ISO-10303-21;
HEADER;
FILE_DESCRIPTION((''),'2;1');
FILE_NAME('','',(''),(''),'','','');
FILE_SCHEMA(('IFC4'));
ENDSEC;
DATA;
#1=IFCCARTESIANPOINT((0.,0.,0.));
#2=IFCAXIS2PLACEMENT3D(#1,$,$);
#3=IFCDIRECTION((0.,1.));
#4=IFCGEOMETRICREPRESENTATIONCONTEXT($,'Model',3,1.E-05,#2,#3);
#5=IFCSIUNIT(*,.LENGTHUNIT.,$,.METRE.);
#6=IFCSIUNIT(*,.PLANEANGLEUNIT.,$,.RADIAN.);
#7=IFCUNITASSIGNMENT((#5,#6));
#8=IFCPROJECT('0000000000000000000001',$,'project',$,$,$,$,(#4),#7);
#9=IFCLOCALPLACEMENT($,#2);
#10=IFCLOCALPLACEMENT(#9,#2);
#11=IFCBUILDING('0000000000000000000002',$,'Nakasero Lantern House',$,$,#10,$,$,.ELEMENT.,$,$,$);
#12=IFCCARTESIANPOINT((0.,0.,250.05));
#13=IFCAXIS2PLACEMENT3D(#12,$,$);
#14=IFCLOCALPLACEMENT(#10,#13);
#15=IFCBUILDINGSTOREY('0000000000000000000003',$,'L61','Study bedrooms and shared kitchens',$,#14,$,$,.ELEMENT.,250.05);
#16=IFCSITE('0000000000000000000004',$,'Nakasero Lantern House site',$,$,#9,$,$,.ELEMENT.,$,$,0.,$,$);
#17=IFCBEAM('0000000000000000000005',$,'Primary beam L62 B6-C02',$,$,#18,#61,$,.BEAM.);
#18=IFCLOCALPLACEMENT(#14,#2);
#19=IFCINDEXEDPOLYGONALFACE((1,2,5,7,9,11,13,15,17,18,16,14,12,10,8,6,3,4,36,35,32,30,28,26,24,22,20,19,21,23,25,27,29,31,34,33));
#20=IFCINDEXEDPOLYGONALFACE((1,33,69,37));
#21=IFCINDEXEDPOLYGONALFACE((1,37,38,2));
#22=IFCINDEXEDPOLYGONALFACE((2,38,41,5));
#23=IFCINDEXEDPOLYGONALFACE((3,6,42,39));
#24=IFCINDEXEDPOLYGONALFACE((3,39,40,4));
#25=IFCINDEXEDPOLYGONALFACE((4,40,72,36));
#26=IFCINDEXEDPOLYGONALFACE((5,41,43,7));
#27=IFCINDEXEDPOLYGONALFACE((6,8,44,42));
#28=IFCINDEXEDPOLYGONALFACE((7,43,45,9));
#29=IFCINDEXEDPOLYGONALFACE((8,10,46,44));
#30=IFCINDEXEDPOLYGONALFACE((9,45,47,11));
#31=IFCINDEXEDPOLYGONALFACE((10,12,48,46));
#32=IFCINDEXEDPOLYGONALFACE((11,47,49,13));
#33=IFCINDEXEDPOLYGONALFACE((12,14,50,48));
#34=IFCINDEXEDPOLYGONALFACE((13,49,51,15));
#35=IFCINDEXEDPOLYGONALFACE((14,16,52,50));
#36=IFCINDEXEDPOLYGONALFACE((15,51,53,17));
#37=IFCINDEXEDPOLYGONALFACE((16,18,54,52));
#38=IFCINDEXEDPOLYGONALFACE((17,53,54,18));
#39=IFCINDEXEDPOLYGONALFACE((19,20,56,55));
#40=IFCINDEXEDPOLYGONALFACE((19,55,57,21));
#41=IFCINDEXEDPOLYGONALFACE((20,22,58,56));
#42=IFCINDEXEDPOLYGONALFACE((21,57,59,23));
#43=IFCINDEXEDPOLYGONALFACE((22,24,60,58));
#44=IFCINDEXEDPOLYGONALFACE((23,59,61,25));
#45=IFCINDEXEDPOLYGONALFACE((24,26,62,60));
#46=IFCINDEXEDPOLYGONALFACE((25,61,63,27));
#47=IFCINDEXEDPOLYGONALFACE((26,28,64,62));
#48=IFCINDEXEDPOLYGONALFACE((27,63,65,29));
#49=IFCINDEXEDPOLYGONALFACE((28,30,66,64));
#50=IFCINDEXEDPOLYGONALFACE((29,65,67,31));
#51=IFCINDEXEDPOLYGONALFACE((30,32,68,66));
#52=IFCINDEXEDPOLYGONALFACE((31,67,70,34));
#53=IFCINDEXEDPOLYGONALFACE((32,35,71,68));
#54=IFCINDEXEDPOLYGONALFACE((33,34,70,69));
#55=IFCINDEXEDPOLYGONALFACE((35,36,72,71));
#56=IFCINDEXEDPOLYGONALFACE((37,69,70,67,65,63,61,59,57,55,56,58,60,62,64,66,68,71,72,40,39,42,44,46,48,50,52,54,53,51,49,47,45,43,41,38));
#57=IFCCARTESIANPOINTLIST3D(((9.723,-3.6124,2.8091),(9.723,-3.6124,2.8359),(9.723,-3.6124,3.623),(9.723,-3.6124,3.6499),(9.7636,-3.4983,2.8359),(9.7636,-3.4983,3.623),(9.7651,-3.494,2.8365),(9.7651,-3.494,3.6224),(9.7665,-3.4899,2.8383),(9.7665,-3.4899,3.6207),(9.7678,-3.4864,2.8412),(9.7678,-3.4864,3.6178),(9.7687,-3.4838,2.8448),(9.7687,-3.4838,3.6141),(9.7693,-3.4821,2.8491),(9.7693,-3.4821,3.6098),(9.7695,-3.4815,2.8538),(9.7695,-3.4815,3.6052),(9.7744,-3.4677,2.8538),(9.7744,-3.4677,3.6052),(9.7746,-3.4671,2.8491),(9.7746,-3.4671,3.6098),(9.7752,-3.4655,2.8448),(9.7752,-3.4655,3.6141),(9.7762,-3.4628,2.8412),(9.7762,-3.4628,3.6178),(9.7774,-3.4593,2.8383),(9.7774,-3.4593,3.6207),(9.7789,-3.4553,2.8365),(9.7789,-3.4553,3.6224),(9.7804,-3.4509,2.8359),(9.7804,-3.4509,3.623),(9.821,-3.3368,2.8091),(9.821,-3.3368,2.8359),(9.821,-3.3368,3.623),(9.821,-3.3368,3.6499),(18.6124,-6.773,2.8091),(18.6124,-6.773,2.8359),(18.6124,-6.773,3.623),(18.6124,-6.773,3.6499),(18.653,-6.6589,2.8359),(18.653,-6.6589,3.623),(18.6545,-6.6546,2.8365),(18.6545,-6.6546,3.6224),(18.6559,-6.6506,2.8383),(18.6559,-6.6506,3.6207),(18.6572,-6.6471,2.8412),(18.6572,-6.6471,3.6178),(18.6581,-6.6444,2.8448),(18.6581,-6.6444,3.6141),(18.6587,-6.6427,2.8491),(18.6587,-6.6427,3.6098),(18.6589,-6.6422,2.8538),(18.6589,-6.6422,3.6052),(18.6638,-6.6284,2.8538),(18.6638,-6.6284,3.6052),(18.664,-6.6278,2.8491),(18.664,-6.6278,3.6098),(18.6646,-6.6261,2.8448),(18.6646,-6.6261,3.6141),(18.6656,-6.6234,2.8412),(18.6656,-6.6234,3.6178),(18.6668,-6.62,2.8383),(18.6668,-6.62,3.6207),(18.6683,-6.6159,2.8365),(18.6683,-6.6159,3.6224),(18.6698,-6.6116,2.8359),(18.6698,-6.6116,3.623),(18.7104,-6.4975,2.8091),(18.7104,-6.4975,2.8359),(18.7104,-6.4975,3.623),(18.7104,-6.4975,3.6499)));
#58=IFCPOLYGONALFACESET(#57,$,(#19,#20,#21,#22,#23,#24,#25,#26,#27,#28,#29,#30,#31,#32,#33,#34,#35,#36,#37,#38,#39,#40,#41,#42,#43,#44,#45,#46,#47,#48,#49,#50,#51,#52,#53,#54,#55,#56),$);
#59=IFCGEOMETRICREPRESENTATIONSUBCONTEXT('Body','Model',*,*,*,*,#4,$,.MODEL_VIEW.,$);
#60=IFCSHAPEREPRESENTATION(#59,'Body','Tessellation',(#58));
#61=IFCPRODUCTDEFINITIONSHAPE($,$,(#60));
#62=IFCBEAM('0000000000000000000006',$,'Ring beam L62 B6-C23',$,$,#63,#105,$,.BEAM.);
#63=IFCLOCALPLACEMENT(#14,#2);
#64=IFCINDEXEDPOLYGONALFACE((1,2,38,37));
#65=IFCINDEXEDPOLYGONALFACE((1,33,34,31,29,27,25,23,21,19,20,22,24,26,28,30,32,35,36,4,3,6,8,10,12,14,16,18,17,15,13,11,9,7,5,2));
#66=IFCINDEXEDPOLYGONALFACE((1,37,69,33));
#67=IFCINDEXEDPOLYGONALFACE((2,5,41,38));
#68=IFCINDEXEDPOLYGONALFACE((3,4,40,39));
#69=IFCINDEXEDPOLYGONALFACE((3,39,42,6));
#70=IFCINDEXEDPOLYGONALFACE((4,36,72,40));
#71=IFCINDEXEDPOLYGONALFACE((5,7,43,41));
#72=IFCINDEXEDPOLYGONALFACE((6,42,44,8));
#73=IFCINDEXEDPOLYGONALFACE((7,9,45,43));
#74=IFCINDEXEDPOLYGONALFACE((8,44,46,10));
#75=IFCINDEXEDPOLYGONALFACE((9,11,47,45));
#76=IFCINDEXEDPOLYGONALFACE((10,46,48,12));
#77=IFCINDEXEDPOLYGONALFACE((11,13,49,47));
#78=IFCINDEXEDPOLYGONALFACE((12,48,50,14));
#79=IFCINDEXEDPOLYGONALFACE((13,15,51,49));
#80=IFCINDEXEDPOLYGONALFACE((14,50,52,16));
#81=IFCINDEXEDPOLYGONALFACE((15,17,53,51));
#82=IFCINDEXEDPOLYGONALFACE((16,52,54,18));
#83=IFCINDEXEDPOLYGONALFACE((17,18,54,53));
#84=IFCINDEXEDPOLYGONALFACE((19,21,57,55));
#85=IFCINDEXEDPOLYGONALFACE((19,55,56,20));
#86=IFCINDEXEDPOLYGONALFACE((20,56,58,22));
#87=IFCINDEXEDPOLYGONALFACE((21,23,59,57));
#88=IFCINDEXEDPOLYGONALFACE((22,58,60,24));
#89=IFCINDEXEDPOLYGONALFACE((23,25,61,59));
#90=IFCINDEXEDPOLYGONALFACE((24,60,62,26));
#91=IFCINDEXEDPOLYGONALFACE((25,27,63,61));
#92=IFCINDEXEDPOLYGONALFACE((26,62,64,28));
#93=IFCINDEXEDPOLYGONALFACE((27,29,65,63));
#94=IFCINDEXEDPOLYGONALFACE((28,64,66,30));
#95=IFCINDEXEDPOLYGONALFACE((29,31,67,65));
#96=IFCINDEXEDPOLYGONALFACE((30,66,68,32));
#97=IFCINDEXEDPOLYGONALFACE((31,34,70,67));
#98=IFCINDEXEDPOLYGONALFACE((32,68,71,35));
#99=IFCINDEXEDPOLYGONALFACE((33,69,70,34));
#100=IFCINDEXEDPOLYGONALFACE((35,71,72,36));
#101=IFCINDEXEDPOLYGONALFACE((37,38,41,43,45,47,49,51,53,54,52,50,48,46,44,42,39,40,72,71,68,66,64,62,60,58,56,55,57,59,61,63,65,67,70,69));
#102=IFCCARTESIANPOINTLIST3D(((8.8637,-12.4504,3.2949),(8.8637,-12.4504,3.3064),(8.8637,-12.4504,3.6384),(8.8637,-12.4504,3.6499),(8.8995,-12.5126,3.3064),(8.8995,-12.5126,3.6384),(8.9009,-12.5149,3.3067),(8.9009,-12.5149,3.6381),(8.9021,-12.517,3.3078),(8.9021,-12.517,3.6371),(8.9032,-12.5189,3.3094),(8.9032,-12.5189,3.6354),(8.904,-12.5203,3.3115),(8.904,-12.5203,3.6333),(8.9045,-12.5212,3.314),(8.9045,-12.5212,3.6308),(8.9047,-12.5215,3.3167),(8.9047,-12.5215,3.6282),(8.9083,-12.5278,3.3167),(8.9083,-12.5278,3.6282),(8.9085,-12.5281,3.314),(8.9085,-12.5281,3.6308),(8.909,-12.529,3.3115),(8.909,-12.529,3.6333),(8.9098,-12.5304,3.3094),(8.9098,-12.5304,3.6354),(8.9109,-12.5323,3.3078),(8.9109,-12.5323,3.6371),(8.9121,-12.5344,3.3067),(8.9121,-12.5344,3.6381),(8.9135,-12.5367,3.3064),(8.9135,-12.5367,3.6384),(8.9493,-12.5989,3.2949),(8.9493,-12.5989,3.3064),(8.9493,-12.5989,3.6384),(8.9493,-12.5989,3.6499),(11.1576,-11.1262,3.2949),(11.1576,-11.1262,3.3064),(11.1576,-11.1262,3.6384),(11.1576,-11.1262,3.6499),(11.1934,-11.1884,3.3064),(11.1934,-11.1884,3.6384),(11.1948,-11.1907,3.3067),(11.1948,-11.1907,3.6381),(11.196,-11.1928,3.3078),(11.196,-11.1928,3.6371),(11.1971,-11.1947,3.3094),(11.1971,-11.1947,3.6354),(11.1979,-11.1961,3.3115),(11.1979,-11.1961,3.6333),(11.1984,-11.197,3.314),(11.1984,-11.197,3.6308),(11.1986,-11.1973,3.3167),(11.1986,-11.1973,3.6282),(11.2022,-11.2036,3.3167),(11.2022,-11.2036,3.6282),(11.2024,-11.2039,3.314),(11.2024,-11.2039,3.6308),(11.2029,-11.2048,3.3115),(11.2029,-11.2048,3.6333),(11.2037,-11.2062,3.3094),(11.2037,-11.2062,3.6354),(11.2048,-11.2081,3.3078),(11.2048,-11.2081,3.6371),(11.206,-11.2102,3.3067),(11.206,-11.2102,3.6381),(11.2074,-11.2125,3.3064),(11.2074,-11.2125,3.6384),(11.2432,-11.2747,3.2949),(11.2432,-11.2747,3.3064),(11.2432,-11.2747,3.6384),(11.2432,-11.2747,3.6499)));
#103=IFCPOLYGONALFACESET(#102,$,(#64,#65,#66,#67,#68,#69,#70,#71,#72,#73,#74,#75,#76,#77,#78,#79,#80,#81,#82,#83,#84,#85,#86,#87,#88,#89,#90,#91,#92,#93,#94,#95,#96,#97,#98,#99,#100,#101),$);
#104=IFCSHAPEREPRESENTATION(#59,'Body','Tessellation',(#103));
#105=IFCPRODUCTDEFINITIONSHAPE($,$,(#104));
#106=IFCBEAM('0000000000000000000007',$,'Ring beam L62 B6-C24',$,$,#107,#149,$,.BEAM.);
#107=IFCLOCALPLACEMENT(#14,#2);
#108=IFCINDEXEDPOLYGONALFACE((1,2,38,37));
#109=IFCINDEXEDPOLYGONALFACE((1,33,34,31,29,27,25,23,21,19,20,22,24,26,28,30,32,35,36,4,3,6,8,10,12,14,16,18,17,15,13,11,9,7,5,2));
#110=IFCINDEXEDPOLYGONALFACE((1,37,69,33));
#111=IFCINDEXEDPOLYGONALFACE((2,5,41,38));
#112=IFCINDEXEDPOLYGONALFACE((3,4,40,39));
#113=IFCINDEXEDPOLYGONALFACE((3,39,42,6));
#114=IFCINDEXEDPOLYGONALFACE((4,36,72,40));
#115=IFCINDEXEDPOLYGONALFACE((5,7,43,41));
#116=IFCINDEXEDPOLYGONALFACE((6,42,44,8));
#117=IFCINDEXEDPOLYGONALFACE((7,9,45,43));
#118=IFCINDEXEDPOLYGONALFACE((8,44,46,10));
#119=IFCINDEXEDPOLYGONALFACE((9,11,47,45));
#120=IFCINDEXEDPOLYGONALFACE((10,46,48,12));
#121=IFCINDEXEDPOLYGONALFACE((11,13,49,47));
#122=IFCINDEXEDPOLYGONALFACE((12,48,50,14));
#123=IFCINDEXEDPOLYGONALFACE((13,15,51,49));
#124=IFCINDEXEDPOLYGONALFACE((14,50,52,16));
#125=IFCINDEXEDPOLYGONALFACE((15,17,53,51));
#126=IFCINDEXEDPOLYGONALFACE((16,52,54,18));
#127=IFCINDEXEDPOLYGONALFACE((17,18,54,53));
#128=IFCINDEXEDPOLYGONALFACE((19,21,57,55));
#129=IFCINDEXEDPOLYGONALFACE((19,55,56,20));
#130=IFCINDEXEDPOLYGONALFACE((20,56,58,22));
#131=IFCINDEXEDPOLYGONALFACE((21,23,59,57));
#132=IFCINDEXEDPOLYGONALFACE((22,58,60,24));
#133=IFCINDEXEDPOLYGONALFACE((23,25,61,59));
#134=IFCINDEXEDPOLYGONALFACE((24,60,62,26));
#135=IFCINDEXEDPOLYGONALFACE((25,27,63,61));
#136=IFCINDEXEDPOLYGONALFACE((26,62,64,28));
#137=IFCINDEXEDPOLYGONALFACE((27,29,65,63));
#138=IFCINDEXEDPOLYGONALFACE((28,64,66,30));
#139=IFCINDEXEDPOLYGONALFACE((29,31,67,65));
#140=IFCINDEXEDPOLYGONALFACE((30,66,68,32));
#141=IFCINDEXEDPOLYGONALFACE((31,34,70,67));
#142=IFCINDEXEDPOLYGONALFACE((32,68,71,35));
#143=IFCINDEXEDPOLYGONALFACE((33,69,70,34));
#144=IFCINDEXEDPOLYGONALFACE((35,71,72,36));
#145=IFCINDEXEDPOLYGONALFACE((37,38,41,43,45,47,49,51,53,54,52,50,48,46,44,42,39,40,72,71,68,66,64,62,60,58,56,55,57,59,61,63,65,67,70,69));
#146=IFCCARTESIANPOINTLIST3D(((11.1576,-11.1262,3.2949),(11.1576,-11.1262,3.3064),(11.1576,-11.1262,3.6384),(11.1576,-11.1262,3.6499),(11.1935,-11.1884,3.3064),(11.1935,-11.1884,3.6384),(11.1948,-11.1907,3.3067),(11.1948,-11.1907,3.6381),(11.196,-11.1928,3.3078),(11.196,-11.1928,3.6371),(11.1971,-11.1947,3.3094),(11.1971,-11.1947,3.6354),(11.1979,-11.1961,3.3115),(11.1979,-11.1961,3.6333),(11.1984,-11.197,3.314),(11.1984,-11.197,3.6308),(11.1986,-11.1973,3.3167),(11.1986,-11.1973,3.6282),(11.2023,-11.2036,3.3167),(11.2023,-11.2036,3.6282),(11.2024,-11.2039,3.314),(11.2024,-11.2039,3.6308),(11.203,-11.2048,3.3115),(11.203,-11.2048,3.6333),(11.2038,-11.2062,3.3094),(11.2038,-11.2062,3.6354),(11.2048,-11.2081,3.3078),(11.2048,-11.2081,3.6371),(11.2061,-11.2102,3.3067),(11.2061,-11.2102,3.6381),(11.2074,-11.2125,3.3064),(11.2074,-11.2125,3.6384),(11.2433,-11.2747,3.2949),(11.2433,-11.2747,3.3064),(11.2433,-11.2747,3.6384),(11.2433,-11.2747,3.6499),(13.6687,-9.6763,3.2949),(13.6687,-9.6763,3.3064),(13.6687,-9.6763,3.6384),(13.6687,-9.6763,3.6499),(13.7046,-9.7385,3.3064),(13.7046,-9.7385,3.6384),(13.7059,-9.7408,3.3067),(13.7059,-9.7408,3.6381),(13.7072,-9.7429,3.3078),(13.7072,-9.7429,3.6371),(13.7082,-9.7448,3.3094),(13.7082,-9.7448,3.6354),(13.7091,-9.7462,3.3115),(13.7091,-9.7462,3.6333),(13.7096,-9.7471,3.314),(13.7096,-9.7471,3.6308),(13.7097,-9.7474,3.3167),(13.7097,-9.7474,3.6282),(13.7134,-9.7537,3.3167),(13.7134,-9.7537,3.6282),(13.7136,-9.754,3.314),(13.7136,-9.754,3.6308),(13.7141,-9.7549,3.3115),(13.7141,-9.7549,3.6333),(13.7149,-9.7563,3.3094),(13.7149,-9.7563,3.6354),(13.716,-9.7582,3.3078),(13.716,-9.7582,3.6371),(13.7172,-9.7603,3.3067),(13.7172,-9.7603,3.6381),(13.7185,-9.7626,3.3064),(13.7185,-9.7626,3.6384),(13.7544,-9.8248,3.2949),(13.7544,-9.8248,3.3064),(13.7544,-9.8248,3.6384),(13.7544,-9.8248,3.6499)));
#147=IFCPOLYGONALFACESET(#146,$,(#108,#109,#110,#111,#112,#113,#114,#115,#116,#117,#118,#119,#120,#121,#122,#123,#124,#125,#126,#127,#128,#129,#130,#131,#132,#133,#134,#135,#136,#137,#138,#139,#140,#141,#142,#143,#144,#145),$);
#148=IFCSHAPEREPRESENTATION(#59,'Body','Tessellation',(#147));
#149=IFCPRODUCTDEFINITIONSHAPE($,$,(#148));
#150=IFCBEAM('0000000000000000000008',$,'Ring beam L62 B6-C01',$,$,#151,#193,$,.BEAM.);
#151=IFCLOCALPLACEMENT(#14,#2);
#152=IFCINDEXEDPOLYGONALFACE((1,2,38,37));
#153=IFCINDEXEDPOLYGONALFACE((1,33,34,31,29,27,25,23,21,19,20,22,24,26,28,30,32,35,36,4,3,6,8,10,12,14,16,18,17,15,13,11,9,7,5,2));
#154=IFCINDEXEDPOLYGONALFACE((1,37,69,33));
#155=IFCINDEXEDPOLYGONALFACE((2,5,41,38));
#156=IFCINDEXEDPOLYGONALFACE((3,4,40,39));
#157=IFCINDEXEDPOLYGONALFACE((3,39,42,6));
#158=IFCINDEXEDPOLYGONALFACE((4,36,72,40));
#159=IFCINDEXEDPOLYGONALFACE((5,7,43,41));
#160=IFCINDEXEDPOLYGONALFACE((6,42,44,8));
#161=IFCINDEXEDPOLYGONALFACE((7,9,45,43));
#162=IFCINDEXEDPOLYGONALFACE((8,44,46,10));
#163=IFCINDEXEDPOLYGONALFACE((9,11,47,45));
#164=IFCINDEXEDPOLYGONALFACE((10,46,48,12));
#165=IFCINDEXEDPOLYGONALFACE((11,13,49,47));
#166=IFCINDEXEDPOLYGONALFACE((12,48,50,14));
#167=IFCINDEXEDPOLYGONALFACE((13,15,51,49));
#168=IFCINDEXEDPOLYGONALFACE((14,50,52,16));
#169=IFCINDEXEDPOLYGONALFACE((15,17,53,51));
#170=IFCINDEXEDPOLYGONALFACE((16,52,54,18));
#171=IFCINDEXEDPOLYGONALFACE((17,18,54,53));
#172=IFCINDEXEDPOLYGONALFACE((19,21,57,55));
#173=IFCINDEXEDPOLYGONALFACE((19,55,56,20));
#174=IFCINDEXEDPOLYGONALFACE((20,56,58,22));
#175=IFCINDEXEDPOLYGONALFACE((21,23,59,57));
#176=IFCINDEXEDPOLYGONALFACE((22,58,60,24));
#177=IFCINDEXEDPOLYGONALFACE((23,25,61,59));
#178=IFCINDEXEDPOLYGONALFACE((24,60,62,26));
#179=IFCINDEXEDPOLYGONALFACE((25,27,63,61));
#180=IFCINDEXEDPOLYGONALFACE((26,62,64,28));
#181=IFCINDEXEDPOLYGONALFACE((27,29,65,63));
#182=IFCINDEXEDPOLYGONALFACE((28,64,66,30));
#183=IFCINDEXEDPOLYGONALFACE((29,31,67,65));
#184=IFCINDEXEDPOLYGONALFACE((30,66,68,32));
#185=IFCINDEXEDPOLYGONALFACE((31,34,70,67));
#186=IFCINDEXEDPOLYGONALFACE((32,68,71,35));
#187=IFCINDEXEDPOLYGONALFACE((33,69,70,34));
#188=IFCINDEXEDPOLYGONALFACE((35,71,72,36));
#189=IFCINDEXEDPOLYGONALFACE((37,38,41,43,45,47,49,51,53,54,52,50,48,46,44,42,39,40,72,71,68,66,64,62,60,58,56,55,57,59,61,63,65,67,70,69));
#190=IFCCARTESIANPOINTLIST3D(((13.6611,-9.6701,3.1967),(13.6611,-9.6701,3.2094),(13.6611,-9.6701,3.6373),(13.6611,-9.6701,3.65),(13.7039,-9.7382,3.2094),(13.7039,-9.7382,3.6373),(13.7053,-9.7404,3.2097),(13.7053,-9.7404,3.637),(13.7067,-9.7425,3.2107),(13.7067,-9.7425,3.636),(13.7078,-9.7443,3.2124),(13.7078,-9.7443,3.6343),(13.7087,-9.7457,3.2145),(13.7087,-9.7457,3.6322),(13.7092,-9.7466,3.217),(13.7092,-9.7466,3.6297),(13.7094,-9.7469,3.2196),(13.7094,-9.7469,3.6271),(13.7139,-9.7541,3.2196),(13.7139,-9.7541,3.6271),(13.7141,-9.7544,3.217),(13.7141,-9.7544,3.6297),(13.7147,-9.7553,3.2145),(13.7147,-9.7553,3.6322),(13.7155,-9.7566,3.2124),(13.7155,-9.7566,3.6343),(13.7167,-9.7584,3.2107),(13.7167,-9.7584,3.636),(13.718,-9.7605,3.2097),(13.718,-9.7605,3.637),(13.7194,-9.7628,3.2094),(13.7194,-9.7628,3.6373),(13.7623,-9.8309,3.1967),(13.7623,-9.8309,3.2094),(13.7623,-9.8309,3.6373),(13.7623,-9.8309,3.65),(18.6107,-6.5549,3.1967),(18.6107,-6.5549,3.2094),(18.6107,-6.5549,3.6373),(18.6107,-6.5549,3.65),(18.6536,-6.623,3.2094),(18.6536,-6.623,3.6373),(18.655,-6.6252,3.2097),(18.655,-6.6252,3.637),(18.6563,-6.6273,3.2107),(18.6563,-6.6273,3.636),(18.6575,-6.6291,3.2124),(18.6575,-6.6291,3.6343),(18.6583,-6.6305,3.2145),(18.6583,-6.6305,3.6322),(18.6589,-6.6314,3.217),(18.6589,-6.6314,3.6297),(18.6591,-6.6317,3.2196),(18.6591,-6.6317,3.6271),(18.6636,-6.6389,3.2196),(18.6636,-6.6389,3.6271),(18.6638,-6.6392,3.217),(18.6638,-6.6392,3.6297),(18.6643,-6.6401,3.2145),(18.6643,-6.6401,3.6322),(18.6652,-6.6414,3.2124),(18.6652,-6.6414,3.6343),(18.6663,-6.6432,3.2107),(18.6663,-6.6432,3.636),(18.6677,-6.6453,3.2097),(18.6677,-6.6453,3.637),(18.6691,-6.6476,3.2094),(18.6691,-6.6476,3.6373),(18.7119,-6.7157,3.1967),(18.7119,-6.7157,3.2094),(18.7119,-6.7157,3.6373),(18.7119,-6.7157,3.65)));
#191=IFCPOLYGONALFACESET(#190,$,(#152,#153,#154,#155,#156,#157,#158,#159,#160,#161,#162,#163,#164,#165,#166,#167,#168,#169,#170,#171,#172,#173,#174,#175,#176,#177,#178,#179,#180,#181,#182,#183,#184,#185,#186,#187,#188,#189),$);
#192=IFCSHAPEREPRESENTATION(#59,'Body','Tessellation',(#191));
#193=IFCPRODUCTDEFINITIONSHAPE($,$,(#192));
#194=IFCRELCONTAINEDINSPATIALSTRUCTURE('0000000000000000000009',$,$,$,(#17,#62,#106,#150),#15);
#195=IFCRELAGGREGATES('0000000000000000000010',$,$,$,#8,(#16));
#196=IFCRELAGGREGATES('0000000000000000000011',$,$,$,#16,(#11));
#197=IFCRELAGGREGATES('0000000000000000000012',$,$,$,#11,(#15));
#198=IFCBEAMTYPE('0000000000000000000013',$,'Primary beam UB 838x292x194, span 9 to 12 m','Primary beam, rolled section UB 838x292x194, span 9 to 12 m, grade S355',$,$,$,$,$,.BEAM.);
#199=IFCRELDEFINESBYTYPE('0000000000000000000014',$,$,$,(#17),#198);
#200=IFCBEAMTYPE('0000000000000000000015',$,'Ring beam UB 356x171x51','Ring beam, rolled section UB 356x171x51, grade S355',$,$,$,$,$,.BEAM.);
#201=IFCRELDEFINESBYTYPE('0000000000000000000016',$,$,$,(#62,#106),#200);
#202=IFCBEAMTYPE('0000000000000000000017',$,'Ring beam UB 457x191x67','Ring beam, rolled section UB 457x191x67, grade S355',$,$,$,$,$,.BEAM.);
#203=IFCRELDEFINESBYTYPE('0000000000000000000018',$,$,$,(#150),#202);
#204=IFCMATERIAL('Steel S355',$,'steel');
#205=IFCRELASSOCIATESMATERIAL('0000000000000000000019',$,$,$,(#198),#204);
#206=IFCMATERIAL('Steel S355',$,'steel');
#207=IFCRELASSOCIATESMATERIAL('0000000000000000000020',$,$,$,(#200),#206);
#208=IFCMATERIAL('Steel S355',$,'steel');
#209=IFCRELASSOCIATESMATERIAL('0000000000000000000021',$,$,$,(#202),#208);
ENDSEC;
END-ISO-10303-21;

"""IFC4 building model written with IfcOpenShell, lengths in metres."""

from ifc_helpers import new_model, si_unit, direction, frame, origin, origin_2d, place, context, subcontext, project, spatial, i_section, extrude, material, material_profile, profile_set, type_object, element, save


model = new_model("IFC4")

# Units and contexts
model_context = context("Model", 3, precision=1e-05, world=origin(), true_north=direction((0.0, 1.0)))
body_context = subcontext(model_context, "Body", "Model", "MODEL_VIEW")
ifc_project = project(units=[si_unit("LENGTHUNIT", "METRE"), si_unit("PLANEANGLEUNIT", "RADIAN")], contexts=[model_context])

# Site, building, storey
site_placement = place(None, origin())
site = spatial("IfcSite", under=ifc_project, at=site_placement, Name="Nakasero Lantern House site", CompositionType="ELEMENT", RefElevation=0.0)
building_placement = place(site_placement, origin())
building = spatial("IfcBuilding", under=site, at=building_placement, Name="Nakasero Lantern House", CompositionType="ELEMENT")
storey_placement = place(building_placement, frame((0.0, 0.0, 250.05)))
storey = spatial("IfcBuildingStorey", under=building, at=storey_placement, Name="L61", Description="Study bedrooms and shared kitchens", CompositionType="ELEMENT", Elevation=250.05)

# Beams
ifc_material_1 = material(Name="Steel S355", Category="steel")
ifc_material_profile_1 = material_profile(ifc_material_1, i_section(OverallWidth=0.2925, OverallDepth=0.8408, WebThickness=0.0146, FlangeThickness=0.0269, FilletRadius=0.0178, at=origin_2d()), Name="UB 838x292x194")
ifc_profile_set_1 = profile_set([ifc_material_profile_1], Name="Steel S355")
beam_type_1 = type_object("IfcBeamType", Name="Primary beam UB 838x292x194, span 9 to 12 m", Description="Primary beam, rolled section UB 838x292x194, span 9 to 12 m, grade S355", PredefinedType="BEAM", material=ifc_profile_set_1)
beam_1_placement = place(storey_placement, frame((18.6614, -6.6353, 3.2295), z_axis=(-0.942216, 0.335007, 0.0), x_axis=(-0.335007, -0.942216, 0.0)))
element("IfcBeam", 1, at=beam_1_placement, inside=storey, type_object=beam_type_1, Name="Primary beam L62 B6-C02", PredefinedType="BEAM", context=body_context, shape_type="SweptSolid", body=[
    extrude(i_section(OverallWidth=0.2925, OverallDepth=0.8408, WebThickness=0.0146, FlangeThickness=0.0269, FilletRadius=0.0178, at=origin_2d()), origin(), (0.0, 0.0, 1.0), 9.4346),
])
ifc_material_2 = material(Name="Steel S355", Category="steel")
ifc_material_profile_2 = material_profile(ifc_material_2, i_section(OverallWidth=0.1714, OverallDepth=0.355, WebThickness=0.0073, FlangeThickness=0.0115, FilletRadius=0.0103, at=origin_2d()), Name="UB 356x171x51")
ifc_profile_set_2 = profile_set([ifc_material_profile_2], Name="Steel S355")
beam_type_2 = type_object("IfcBeamType", Name="Ring beam UB 356x171x51", Description="Ring beam, rolled section UB 356x171x51, grade S355", PredefinedType="BEAM", material=ifc_profile_set_2)
beam_2_placement = place(storey_placement, frame((8.9065, -12.5247, 3.4724), z_axis=(0.866057, 0.499946, 0.0), x_axis=(-0.499946, 0.866057, 0.0)))
element("IfcBeam", 2, at=beam_2_placement, inside=storey, type_object=beam_type_2, Name="Ring beam L62 B6-C23", PredefinedType="BEAM", context=body_context, shape_type="SweptSolid", body=[
    extrude(i_section(OverallWidth=0.1714, OverallDepth=0.355, WebThickness=0.0073, FlangeThickness=0.0115, FilletRadius=0.0103, at=origin_2d()), origin(), (0.0, 0.0, 1.0), 2.6487),
])
beam_3_placement = place(storey_placement, frame((11.2004, -11.2004, 3.4724), z_axis=(0.866012, 0.500024, 0.0), x_axis=(-0.500024, 0.866012, 0.0)))
element("IfcBeam", 3, at=beam_3_placement, inside=storey, type_object=beam_type_2, Name="Ring beam L62 B6-C24", PredefinedType="BEAM", context=body_context, shape_type="SweptSolid", body=[
    extrude(i_section(OverallWidth=0.1714, OverallDepth=0.355, WebThickness=0.0073, FlangeThickness=0.0115, FilletRadius=0.0103, at=origin_2d()), origin(), (0.0, 0.0, 1.0), 2.8997),
])
ifc_material_3 = material(Name="Steel S355", Category="steel")
ifc_material_profile_3 = material_profile(ifc_material_3, i_section(OverallWidth=0.1899, OverallDepth=0.4534, WebThickness=0.0085, FlangeThickness=0.0127, FilletRadius=0.0103, at=origin_2d()), Name="UB 457x191x67")
ifc_profile_set_3 = profile_set([ifc_material_profile_3], Name="Steel S355")
beam_type_3 = type_object("IfcBeamType", Name="Ring beam UB 457x191x67", Description="Ring beam, rolled section UB 457x191x67, grade S355", PredefinedType="BEAM", material=ifc_profile_set_3)
beam_4_placement = place(storey_placement, frame((13.7117, -9.7505, 3.4233), z_axis=(0.846329, 0.53266, 0.0), x_axis=(-0.53266, 0.846329, 0.0)))
element("IfcBeam", 4, at=beam_4_placement, inside=storey, type_object=beam_type_3, Name="Ring beam L62 B6-C01", PredefinedType="BEAM", context=body_context, shape_type="SweptSolid", body=[
    extrude(i_section(OverallWidth=0.1899, OverallDepth=0.4534, WebThickness=0.0085, FlangeThickness=0.0127, FilletRadius=0.0103, at=origin_2d()), origin(), (0.0, 0.0, 1.0), 5.8484),
])

save(model, "model.ifc")
